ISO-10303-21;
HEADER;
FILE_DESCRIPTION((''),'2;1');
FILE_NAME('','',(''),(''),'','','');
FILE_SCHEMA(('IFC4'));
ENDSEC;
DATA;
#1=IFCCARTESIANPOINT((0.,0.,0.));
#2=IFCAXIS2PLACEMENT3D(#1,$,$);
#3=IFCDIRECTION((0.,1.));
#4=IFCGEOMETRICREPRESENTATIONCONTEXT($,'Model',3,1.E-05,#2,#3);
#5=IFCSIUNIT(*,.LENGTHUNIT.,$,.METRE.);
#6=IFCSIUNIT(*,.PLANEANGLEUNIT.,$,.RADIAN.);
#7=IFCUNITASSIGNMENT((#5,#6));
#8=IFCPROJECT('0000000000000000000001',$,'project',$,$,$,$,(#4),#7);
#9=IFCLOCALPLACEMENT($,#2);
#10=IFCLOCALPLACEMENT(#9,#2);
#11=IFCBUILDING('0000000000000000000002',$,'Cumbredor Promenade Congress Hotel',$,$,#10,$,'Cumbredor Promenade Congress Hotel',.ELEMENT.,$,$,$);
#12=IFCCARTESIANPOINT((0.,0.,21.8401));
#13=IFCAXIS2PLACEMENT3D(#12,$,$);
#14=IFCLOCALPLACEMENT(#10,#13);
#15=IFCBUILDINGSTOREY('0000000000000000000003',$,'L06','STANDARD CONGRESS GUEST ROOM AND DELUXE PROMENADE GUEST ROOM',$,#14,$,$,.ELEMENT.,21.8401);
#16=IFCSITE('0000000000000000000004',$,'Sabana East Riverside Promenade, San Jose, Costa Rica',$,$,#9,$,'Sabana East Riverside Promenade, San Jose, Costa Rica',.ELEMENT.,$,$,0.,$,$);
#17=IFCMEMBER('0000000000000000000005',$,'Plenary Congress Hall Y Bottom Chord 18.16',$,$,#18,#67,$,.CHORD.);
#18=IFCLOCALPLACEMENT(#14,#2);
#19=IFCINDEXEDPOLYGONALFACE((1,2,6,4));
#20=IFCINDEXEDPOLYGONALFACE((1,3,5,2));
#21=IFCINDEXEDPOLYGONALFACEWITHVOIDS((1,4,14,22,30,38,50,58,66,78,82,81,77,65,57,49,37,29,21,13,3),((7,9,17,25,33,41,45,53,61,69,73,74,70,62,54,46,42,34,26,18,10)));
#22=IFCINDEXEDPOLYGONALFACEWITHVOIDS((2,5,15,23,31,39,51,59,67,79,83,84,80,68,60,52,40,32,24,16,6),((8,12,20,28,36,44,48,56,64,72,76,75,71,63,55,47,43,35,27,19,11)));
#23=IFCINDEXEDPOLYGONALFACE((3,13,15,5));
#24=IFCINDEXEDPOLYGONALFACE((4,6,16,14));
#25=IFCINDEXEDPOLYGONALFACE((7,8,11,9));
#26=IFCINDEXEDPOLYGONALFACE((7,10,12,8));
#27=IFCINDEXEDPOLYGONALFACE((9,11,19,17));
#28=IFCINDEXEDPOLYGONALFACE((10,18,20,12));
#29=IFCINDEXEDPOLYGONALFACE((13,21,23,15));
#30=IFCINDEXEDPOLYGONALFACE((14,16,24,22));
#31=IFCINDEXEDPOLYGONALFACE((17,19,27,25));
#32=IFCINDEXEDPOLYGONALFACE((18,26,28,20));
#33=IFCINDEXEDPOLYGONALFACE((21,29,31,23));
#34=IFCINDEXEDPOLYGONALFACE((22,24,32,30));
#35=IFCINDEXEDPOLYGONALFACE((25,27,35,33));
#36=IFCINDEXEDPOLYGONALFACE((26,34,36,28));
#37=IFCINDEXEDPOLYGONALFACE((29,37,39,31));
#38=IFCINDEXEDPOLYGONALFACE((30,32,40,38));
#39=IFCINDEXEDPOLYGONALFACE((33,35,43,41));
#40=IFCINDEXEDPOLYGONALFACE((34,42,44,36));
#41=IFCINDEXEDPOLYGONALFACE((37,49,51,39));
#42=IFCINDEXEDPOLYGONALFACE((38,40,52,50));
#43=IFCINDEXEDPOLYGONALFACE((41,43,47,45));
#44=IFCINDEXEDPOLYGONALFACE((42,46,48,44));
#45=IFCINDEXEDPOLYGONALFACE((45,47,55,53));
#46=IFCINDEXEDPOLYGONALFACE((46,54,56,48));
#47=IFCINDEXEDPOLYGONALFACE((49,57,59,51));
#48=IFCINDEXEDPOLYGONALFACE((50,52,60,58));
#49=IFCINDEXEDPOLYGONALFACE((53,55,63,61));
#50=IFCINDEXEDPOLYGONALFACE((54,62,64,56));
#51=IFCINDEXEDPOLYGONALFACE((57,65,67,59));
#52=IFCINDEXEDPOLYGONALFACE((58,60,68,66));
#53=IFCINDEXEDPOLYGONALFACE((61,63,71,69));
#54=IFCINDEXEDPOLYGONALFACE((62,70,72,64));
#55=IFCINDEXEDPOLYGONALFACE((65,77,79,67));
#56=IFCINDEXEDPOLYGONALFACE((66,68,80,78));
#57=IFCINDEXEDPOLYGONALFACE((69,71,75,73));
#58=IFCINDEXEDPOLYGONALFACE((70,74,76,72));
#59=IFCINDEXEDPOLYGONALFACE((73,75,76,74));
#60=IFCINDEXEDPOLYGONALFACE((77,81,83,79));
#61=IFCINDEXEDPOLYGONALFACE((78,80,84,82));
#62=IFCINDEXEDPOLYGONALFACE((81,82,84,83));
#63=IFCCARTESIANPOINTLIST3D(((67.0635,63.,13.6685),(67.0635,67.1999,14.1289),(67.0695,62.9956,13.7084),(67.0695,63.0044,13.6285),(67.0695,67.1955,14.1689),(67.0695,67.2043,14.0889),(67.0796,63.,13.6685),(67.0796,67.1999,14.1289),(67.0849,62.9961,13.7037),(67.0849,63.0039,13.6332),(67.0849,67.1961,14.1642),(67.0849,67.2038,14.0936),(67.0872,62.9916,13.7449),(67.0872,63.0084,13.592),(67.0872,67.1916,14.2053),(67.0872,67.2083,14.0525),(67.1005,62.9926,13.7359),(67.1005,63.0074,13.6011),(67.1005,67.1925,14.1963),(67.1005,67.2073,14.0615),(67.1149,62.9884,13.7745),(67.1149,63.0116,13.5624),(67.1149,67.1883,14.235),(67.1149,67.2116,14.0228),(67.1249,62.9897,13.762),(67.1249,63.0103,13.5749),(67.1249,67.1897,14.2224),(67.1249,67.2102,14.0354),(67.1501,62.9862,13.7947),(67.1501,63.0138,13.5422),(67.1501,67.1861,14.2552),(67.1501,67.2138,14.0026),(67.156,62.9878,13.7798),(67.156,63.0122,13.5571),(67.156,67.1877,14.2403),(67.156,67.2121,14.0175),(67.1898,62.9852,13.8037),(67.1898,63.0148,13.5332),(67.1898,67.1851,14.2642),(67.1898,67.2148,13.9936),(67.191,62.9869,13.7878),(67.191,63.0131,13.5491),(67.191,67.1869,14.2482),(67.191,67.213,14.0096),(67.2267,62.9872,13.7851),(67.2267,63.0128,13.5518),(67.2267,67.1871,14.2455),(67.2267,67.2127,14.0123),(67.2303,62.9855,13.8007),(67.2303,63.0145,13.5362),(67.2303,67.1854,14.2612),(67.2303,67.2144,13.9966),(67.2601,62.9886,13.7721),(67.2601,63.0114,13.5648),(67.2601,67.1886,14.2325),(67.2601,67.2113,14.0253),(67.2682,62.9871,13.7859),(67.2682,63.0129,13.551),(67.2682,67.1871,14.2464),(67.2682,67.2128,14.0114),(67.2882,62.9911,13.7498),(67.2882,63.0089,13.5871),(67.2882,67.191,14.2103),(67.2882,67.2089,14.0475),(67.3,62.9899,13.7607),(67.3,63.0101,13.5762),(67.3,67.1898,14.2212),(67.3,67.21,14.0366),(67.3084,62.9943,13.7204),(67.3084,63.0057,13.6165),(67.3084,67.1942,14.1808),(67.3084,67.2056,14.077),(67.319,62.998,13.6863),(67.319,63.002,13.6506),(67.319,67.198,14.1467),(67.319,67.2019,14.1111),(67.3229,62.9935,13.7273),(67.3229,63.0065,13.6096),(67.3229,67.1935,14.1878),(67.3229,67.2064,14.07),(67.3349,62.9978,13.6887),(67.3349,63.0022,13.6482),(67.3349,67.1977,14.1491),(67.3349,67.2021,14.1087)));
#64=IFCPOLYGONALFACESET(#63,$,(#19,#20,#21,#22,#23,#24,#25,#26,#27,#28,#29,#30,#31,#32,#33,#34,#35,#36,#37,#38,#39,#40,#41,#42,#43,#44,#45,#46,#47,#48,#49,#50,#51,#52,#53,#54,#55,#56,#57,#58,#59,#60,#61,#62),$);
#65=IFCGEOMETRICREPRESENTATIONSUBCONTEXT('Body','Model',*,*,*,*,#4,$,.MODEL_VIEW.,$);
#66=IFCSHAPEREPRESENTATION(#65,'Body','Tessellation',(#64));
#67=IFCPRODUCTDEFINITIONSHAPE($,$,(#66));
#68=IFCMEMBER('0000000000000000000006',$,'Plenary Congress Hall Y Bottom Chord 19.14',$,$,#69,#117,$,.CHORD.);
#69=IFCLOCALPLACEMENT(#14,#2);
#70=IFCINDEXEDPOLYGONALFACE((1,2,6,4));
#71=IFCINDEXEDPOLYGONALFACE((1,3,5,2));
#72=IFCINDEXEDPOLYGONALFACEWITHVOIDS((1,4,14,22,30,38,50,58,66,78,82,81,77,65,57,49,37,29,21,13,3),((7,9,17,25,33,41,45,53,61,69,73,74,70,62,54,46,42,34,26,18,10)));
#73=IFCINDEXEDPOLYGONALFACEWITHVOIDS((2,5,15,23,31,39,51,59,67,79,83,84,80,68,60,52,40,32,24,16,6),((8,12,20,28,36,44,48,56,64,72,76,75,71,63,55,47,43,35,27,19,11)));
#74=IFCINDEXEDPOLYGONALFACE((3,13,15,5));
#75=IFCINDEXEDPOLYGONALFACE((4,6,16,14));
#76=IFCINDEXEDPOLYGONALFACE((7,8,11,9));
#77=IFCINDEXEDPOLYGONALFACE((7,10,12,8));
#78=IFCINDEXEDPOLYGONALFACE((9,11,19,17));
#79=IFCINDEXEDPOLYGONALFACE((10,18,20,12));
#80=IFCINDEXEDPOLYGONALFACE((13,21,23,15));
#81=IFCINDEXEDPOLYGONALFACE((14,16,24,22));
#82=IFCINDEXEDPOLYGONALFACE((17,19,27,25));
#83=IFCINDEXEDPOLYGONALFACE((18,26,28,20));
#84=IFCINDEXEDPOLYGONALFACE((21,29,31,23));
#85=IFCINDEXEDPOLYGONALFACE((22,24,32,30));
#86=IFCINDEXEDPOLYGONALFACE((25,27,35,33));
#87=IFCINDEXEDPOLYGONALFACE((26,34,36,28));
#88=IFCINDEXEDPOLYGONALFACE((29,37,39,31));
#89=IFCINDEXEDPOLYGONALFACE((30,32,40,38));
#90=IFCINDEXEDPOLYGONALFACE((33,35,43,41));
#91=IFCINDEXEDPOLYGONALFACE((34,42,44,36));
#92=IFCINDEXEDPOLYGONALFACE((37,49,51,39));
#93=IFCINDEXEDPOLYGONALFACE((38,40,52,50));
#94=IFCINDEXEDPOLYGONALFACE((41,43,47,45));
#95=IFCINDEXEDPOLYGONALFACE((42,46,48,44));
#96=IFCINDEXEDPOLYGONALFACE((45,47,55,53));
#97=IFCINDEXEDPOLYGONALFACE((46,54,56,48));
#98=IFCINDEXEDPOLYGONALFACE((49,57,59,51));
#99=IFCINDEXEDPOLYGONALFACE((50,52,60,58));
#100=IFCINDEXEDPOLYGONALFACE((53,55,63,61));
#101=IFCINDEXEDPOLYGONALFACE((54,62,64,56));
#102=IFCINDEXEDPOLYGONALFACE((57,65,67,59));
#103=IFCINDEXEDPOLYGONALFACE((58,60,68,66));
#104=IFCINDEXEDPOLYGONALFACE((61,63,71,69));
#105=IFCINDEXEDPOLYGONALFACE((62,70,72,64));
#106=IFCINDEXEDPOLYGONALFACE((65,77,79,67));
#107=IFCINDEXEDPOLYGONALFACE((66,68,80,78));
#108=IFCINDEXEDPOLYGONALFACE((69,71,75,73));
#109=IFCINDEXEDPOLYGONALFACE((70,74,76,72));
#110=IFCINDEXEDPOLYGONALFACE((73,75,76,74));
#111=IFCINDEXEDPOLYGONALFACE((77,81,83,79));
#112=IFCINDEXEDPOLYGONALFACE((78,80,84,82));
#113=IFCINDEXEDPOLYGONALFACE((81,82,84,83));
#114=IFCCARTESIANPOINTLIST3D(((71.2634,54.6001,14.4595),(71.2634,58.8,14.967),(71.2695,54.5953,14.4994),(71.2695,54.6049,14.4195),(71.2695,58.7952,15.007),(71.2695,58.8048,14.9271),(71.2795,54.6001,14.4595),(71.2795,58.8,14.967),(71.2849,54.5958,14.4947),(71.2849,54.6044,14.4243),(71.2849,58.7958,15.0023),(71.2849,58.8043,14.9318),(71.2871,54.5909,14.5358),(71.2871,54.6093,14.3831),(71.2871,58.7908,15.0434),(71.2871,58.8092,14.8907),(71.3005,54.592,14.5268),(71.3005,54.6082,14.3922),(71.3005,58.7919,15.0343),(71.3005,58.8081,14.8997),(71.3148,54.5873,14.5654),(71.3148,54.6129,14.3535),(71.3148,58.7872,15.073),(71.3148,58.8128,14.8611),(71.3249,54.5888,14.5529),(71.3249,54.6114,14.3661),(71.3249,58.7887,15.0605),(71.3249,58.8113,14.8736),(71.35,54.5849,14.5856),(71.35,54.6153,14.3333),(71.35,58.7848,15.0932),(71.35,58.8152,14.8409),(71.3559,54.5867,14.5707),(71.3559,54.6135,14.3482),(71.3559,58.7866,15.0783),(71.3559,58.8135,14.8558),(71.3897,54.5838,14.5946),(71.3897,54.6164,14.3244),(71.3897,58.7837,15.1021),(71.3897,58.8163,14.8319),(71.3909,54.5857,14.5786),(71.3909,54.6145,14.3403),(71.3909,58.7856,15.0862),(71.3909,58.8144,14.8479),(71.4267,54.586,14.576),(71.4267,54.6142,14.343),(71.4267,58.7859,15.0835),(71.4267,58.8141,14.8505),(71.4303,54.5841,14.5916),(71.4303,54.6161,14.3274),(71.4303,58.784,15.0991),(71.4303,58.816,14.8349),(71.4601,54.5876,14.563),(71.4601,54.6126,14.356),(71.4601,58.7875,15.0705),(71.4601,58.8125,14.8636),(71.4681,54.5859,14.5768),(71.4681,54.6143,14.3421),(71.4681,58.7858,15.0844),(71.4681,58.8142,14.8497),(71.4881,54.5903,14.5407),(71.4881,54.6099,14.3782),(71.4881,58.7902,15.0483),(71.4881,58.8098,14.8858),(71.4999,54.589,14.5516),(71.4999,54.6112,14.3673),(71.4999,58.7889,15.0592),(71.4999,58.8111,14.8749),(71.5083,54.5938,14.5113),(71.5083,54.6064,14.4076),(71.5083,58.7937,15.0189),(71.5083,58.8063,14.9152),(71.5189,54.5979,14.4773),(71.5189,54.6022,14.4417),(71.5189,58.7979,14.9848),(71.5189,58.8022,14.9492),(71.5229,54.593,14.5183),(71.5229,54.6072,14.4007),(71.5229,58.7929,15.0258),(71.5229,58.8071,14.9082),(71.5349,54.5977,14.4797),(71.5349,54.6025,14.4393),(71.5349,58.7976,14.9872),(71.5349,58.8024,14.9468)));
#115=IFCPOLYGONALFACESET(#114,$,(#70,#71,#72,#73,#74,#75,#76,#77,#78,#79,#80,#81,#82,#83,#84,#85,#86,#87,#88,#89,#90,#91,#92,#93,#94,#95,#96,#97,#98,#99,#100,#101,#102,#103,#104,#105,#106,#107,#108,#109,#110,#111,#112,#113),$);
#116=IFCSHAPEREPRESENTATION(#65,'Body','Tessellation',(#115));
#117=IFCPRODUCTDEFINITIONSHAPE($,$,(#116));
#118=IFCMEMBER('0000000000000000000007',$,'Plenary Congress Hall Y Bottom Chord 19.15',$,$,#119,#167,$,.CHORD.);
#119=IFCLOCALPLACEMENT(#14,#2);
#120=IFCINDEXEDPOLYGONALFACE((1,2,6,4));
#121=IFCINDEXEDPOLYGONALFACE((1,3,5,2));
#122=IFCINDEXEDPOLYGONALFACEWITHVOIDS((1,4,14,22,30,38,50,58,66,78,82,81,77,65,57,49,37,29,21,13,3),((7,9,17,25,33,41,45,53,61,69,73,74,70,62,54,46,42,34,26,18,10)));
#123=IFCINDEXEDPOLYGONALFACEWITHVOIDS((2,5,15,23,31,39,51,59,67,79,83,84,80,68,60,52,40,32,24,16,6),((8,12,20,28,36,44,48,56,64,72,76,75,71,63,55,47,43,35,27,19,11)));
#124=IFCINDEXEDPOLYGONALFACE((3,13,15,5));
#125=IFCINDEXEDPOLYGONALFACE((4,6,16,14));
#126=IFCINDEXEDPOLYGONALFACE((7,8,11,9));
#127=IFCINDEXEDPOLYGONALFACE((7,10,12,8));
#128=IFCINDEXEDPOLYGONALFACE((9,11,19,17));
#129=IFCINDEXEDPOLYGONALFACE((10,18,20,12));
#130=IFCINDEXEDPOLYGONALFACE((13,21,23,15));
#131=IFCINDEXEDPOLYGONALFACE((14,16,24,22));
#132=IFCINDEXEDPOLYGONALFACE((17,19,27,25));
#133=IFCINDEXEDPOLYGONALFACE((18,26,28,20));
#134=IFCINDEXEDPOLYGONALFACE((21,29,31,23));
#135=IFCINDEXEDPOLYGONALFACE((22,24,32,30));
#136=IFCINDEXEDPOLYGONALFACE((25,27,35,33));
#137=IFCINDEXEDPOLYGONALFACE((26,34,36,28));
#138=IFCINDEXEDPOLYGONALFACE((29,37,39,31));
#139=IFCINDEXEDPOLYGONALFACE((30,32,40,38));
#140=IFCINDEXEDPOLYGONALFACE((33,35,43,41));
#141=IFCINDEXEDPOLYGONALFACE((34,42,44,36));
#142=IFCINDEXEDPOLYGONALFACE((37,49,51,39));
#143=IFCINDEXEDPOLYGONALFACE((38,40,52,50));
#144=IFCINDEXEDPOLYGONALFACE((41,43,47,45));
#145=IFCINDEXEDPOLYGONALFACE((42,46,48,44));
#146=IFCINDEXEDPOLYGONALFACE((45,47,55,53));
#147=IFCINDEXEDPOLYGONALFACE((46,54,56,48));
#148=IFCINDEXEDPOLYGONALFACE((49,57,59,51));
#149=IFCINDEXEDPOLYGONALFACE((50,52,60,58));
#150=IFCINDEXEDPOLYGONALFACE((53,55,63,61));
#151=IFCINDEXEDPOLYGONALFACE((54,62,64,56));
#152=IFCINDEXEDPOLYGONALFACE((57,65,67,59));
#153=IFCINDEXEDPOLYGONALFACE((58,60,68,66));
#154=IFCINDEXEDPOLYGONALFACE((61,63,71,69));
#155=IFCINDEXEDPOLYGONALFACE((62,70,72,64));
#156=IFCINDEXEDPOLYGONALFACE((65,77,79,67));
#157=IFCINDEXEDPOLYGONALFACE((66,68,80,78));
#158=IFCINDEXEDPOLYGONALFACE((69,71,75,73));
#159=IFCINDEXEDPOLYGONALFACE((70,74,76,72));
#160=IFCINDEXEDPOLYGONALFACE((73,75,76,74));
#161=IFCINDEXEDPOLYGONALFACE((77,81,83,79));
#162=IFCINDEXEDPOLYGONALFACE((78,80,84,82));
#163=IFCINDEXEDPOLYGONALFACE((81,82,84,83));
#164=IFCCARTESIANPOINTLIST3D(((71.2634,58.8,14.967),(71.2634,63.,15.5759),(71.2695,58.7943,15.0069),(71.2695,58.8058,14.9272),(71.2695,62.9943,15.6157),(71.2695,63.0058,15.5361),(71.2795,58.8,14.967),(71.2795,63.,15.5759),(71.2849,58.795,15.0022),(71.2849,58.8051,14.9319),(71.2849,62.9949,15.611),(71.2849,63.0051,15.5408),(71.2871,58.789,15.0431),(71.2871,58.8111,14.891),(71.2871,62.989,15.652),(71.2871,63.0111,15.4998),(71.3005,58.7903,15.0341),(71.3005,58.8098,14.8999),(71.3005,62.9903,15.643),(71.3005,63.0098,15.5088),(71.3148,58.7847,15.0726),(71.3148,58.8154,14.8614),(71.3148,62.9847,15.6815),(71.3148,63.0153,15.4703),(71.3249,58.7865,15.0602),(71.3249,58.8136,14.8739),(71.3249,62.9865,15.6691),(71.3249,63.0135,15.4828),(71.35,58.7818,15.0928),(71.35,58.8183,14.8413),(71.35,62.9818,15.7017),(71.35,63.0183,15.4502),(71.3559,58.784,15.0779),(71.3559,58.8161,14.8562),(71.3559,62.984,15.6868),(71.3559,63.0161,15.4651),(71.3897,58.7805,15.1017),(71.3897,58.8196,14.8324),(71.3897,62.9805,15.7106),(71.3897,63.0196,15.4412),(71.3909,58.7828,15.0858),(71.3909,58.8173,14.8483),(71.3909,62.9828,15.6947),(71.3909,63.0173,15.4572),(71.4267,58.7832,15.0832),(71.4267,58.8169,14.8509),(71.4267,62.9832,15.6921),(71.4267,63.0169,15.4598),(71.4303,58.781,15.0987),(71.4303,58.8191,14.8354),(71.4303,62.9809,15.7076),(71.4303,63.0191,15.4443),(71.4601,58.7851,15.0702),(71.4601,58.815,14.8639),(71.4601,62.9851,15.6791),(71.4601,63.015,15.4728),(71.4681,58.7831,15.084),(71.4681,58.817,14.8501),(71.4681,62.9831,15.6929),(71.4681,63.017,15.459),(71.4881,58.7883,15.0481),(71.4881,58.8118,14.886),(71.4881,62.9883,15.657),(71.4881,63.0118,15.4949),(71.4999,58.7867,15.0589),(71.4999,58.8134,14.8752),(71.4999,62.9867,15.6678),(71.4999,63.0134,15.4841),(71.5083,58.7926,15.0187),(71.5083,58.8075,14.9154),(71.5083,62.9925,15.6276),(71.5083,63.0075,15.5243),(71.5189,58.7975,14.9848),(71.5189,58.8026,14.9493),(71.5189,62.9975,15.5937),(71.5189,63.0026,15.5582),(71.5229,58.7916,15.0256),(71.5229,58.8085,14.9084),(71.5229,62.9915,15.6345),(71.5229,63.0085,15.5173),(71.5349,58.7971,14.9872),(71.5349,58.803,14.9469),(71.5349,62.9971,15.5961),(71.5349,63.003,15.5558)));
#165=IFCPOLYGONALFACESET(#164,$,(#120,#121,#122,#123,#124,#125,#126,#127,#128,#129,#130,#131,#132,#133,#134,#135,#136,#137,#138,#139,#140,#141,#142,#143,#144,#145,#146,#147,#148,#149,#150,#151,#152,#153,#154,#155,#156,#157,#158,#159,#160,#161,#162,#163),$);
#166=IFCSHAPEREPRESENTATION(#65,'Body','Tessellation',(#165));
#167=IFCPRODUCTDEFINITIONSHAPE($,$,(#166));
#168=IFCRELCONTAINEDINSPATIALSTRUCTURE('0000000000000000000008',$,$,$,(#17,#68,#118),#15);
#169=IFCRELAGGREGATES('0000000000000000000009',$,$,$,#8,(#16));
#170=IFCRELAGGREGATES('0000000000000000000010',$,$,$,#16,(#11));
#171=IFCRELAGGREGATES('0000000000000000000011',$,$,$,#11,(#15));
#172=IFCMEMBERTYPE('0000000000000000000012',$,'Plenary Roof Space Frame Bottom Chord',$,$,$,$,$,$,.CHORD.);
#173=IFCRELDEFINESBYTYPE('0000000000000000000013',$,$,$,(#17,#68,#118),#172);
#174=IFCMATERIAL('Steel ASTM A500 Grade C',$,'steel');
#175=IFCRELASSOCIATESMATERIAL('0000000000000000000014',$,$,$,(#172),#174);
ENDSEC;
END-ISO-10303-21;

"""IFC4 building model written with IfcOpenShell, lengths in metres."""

from ifc_helpers import new_model, si_unit, direction, frame, origin, origin_2d, place, context, subcontext, project, spatial, hollow_circle, extrude, material, material_profile, profile_set, type_object, element, save


model = new_model("IFC4")

# Units and contexts
model_context = context("Model", 3, precision=1e-05, world=origin(), true_north=direction((0.0, 1.0)))
body_context = subcontext(model_context, "Body", "Model", "MODEL_VIEW")
ifc_project = project(units=[si_unit("LENGTHUNIT", "METRE"), si_unit("PLANEANGLEUNIT", "RADIAN")], contexts=[model_context])

# Site, building, storey
site_placement = place(None, origin())
site = spatial("IfcSite", under=ifc_project, at=site_placement, Name="Sabana East Riverside Promenade, San Jose, Costa Rica", LongName="Sabana East Riverside Promenade, San Jose, Costa Rica", CompositionType="ELEMENT", RefElevation=0.0)
building_placement = place(site_placement, origin())
building = spatial("IfcBuilding", under=site, at=building_placement, Name="Cumbredor Promenade Congress Hotel", LongName="Cumbredor Promenade Congress Hotel", CompositionType="ELEMENT")
storey_placement = place(building_placement, frame((0.0, 0.0, 21.8401)))
storey = spatial("IfcBuildingStorey", under=building, at=storey_placement, Name="L06", Description="STANDARD CONGRESS GUEST ROOM AND DELUXE PROMENADE GUEST ROOM", CompositionType="ELEMENT", Elevation=21.8401)

# Members
ifc_material_1 = material(Name="Steel ASTM A500 Grade C", Category="steel")
ifc_material_profile_1 = material_profile(ifc_material_1, hollow_circle(Radius=0.1365, WallThickness=0.0161, at=origin_2d()), Name="CHS 273.0x16")
ifc_profile_set_1 = profile_set([ifc_material_profile_1], Name="Steel ASTM A500 Grade C")
member_type_1 = type_object("IfcMemberType", Name="Plenary Roof Space Frame Bottom Chord", PredefinedType="CHORD", material=ifc_profile_set_1)
member_1_placement = place(storey_placement, frame((67.2, 63.0, 13.6685), z_axis=(0.0, 0.994044, 0.108979), x_axis=(-1.0, 0.0, 0.0)))
element("IfcMember", 1, at=member_1_placement, inside=storey, type_object=member_type_1, Name="Plenary Congress Hall Y Bottom Chord 18.16", PredefinedType="CHORD", context=body_context, shape_type="SweptSolid", body=[
    extrude(hollow_circle(Radius=0.1365, WallThickness=0.0161, at=origin_2d()), origin(), (0.0, 0.0, 1.0), 4.2251),
])
member_2_placement = place(storey_placement, frame((71.3999, 54.6001, 14.4595), z_axis=(0.0, 0.992777, 0.119978), x_axis=(-1.0, 0.0, 0.0)))
element("IfcMember", 2, at=member_2_placement, inside=storey, type_object=member_type_1, Name="Plenary Congress Hall Y Bottom Chord 19.14", PredefinedType="CHORD", context=body_context, shape_type="SweptSolid", body=[
    extrude(hollow_circle(Radius=0.1365, WallThickness=0.0161, at=origin_2d()), origin(), (0.0, 0.0, 1.0), 4.2305),
])
member_3_placement = place(storey_placement, frame((71.3999, 58.8, 14.967), z_axis=(0.0, 0.989654, 0.143475), x_axis=(-1.0, 0.0, 0.0)))
element("IfcMember", 3, at=member_3_placement, inside=storey, type_object=member_type_1, Name="Plenary Congress Hall Y Bottom Chord 19.15", PredefinedType="CHORD", context=body_context, shape_type="SweptSolid", body=[
    extrude(hollow_circle(Radius=0.1365, WallThickness=0.0161, at=origin_2d()), origin(), (0.0, 0.0, 1.0), 4.2439),
])

save(model, "model.ifc")
